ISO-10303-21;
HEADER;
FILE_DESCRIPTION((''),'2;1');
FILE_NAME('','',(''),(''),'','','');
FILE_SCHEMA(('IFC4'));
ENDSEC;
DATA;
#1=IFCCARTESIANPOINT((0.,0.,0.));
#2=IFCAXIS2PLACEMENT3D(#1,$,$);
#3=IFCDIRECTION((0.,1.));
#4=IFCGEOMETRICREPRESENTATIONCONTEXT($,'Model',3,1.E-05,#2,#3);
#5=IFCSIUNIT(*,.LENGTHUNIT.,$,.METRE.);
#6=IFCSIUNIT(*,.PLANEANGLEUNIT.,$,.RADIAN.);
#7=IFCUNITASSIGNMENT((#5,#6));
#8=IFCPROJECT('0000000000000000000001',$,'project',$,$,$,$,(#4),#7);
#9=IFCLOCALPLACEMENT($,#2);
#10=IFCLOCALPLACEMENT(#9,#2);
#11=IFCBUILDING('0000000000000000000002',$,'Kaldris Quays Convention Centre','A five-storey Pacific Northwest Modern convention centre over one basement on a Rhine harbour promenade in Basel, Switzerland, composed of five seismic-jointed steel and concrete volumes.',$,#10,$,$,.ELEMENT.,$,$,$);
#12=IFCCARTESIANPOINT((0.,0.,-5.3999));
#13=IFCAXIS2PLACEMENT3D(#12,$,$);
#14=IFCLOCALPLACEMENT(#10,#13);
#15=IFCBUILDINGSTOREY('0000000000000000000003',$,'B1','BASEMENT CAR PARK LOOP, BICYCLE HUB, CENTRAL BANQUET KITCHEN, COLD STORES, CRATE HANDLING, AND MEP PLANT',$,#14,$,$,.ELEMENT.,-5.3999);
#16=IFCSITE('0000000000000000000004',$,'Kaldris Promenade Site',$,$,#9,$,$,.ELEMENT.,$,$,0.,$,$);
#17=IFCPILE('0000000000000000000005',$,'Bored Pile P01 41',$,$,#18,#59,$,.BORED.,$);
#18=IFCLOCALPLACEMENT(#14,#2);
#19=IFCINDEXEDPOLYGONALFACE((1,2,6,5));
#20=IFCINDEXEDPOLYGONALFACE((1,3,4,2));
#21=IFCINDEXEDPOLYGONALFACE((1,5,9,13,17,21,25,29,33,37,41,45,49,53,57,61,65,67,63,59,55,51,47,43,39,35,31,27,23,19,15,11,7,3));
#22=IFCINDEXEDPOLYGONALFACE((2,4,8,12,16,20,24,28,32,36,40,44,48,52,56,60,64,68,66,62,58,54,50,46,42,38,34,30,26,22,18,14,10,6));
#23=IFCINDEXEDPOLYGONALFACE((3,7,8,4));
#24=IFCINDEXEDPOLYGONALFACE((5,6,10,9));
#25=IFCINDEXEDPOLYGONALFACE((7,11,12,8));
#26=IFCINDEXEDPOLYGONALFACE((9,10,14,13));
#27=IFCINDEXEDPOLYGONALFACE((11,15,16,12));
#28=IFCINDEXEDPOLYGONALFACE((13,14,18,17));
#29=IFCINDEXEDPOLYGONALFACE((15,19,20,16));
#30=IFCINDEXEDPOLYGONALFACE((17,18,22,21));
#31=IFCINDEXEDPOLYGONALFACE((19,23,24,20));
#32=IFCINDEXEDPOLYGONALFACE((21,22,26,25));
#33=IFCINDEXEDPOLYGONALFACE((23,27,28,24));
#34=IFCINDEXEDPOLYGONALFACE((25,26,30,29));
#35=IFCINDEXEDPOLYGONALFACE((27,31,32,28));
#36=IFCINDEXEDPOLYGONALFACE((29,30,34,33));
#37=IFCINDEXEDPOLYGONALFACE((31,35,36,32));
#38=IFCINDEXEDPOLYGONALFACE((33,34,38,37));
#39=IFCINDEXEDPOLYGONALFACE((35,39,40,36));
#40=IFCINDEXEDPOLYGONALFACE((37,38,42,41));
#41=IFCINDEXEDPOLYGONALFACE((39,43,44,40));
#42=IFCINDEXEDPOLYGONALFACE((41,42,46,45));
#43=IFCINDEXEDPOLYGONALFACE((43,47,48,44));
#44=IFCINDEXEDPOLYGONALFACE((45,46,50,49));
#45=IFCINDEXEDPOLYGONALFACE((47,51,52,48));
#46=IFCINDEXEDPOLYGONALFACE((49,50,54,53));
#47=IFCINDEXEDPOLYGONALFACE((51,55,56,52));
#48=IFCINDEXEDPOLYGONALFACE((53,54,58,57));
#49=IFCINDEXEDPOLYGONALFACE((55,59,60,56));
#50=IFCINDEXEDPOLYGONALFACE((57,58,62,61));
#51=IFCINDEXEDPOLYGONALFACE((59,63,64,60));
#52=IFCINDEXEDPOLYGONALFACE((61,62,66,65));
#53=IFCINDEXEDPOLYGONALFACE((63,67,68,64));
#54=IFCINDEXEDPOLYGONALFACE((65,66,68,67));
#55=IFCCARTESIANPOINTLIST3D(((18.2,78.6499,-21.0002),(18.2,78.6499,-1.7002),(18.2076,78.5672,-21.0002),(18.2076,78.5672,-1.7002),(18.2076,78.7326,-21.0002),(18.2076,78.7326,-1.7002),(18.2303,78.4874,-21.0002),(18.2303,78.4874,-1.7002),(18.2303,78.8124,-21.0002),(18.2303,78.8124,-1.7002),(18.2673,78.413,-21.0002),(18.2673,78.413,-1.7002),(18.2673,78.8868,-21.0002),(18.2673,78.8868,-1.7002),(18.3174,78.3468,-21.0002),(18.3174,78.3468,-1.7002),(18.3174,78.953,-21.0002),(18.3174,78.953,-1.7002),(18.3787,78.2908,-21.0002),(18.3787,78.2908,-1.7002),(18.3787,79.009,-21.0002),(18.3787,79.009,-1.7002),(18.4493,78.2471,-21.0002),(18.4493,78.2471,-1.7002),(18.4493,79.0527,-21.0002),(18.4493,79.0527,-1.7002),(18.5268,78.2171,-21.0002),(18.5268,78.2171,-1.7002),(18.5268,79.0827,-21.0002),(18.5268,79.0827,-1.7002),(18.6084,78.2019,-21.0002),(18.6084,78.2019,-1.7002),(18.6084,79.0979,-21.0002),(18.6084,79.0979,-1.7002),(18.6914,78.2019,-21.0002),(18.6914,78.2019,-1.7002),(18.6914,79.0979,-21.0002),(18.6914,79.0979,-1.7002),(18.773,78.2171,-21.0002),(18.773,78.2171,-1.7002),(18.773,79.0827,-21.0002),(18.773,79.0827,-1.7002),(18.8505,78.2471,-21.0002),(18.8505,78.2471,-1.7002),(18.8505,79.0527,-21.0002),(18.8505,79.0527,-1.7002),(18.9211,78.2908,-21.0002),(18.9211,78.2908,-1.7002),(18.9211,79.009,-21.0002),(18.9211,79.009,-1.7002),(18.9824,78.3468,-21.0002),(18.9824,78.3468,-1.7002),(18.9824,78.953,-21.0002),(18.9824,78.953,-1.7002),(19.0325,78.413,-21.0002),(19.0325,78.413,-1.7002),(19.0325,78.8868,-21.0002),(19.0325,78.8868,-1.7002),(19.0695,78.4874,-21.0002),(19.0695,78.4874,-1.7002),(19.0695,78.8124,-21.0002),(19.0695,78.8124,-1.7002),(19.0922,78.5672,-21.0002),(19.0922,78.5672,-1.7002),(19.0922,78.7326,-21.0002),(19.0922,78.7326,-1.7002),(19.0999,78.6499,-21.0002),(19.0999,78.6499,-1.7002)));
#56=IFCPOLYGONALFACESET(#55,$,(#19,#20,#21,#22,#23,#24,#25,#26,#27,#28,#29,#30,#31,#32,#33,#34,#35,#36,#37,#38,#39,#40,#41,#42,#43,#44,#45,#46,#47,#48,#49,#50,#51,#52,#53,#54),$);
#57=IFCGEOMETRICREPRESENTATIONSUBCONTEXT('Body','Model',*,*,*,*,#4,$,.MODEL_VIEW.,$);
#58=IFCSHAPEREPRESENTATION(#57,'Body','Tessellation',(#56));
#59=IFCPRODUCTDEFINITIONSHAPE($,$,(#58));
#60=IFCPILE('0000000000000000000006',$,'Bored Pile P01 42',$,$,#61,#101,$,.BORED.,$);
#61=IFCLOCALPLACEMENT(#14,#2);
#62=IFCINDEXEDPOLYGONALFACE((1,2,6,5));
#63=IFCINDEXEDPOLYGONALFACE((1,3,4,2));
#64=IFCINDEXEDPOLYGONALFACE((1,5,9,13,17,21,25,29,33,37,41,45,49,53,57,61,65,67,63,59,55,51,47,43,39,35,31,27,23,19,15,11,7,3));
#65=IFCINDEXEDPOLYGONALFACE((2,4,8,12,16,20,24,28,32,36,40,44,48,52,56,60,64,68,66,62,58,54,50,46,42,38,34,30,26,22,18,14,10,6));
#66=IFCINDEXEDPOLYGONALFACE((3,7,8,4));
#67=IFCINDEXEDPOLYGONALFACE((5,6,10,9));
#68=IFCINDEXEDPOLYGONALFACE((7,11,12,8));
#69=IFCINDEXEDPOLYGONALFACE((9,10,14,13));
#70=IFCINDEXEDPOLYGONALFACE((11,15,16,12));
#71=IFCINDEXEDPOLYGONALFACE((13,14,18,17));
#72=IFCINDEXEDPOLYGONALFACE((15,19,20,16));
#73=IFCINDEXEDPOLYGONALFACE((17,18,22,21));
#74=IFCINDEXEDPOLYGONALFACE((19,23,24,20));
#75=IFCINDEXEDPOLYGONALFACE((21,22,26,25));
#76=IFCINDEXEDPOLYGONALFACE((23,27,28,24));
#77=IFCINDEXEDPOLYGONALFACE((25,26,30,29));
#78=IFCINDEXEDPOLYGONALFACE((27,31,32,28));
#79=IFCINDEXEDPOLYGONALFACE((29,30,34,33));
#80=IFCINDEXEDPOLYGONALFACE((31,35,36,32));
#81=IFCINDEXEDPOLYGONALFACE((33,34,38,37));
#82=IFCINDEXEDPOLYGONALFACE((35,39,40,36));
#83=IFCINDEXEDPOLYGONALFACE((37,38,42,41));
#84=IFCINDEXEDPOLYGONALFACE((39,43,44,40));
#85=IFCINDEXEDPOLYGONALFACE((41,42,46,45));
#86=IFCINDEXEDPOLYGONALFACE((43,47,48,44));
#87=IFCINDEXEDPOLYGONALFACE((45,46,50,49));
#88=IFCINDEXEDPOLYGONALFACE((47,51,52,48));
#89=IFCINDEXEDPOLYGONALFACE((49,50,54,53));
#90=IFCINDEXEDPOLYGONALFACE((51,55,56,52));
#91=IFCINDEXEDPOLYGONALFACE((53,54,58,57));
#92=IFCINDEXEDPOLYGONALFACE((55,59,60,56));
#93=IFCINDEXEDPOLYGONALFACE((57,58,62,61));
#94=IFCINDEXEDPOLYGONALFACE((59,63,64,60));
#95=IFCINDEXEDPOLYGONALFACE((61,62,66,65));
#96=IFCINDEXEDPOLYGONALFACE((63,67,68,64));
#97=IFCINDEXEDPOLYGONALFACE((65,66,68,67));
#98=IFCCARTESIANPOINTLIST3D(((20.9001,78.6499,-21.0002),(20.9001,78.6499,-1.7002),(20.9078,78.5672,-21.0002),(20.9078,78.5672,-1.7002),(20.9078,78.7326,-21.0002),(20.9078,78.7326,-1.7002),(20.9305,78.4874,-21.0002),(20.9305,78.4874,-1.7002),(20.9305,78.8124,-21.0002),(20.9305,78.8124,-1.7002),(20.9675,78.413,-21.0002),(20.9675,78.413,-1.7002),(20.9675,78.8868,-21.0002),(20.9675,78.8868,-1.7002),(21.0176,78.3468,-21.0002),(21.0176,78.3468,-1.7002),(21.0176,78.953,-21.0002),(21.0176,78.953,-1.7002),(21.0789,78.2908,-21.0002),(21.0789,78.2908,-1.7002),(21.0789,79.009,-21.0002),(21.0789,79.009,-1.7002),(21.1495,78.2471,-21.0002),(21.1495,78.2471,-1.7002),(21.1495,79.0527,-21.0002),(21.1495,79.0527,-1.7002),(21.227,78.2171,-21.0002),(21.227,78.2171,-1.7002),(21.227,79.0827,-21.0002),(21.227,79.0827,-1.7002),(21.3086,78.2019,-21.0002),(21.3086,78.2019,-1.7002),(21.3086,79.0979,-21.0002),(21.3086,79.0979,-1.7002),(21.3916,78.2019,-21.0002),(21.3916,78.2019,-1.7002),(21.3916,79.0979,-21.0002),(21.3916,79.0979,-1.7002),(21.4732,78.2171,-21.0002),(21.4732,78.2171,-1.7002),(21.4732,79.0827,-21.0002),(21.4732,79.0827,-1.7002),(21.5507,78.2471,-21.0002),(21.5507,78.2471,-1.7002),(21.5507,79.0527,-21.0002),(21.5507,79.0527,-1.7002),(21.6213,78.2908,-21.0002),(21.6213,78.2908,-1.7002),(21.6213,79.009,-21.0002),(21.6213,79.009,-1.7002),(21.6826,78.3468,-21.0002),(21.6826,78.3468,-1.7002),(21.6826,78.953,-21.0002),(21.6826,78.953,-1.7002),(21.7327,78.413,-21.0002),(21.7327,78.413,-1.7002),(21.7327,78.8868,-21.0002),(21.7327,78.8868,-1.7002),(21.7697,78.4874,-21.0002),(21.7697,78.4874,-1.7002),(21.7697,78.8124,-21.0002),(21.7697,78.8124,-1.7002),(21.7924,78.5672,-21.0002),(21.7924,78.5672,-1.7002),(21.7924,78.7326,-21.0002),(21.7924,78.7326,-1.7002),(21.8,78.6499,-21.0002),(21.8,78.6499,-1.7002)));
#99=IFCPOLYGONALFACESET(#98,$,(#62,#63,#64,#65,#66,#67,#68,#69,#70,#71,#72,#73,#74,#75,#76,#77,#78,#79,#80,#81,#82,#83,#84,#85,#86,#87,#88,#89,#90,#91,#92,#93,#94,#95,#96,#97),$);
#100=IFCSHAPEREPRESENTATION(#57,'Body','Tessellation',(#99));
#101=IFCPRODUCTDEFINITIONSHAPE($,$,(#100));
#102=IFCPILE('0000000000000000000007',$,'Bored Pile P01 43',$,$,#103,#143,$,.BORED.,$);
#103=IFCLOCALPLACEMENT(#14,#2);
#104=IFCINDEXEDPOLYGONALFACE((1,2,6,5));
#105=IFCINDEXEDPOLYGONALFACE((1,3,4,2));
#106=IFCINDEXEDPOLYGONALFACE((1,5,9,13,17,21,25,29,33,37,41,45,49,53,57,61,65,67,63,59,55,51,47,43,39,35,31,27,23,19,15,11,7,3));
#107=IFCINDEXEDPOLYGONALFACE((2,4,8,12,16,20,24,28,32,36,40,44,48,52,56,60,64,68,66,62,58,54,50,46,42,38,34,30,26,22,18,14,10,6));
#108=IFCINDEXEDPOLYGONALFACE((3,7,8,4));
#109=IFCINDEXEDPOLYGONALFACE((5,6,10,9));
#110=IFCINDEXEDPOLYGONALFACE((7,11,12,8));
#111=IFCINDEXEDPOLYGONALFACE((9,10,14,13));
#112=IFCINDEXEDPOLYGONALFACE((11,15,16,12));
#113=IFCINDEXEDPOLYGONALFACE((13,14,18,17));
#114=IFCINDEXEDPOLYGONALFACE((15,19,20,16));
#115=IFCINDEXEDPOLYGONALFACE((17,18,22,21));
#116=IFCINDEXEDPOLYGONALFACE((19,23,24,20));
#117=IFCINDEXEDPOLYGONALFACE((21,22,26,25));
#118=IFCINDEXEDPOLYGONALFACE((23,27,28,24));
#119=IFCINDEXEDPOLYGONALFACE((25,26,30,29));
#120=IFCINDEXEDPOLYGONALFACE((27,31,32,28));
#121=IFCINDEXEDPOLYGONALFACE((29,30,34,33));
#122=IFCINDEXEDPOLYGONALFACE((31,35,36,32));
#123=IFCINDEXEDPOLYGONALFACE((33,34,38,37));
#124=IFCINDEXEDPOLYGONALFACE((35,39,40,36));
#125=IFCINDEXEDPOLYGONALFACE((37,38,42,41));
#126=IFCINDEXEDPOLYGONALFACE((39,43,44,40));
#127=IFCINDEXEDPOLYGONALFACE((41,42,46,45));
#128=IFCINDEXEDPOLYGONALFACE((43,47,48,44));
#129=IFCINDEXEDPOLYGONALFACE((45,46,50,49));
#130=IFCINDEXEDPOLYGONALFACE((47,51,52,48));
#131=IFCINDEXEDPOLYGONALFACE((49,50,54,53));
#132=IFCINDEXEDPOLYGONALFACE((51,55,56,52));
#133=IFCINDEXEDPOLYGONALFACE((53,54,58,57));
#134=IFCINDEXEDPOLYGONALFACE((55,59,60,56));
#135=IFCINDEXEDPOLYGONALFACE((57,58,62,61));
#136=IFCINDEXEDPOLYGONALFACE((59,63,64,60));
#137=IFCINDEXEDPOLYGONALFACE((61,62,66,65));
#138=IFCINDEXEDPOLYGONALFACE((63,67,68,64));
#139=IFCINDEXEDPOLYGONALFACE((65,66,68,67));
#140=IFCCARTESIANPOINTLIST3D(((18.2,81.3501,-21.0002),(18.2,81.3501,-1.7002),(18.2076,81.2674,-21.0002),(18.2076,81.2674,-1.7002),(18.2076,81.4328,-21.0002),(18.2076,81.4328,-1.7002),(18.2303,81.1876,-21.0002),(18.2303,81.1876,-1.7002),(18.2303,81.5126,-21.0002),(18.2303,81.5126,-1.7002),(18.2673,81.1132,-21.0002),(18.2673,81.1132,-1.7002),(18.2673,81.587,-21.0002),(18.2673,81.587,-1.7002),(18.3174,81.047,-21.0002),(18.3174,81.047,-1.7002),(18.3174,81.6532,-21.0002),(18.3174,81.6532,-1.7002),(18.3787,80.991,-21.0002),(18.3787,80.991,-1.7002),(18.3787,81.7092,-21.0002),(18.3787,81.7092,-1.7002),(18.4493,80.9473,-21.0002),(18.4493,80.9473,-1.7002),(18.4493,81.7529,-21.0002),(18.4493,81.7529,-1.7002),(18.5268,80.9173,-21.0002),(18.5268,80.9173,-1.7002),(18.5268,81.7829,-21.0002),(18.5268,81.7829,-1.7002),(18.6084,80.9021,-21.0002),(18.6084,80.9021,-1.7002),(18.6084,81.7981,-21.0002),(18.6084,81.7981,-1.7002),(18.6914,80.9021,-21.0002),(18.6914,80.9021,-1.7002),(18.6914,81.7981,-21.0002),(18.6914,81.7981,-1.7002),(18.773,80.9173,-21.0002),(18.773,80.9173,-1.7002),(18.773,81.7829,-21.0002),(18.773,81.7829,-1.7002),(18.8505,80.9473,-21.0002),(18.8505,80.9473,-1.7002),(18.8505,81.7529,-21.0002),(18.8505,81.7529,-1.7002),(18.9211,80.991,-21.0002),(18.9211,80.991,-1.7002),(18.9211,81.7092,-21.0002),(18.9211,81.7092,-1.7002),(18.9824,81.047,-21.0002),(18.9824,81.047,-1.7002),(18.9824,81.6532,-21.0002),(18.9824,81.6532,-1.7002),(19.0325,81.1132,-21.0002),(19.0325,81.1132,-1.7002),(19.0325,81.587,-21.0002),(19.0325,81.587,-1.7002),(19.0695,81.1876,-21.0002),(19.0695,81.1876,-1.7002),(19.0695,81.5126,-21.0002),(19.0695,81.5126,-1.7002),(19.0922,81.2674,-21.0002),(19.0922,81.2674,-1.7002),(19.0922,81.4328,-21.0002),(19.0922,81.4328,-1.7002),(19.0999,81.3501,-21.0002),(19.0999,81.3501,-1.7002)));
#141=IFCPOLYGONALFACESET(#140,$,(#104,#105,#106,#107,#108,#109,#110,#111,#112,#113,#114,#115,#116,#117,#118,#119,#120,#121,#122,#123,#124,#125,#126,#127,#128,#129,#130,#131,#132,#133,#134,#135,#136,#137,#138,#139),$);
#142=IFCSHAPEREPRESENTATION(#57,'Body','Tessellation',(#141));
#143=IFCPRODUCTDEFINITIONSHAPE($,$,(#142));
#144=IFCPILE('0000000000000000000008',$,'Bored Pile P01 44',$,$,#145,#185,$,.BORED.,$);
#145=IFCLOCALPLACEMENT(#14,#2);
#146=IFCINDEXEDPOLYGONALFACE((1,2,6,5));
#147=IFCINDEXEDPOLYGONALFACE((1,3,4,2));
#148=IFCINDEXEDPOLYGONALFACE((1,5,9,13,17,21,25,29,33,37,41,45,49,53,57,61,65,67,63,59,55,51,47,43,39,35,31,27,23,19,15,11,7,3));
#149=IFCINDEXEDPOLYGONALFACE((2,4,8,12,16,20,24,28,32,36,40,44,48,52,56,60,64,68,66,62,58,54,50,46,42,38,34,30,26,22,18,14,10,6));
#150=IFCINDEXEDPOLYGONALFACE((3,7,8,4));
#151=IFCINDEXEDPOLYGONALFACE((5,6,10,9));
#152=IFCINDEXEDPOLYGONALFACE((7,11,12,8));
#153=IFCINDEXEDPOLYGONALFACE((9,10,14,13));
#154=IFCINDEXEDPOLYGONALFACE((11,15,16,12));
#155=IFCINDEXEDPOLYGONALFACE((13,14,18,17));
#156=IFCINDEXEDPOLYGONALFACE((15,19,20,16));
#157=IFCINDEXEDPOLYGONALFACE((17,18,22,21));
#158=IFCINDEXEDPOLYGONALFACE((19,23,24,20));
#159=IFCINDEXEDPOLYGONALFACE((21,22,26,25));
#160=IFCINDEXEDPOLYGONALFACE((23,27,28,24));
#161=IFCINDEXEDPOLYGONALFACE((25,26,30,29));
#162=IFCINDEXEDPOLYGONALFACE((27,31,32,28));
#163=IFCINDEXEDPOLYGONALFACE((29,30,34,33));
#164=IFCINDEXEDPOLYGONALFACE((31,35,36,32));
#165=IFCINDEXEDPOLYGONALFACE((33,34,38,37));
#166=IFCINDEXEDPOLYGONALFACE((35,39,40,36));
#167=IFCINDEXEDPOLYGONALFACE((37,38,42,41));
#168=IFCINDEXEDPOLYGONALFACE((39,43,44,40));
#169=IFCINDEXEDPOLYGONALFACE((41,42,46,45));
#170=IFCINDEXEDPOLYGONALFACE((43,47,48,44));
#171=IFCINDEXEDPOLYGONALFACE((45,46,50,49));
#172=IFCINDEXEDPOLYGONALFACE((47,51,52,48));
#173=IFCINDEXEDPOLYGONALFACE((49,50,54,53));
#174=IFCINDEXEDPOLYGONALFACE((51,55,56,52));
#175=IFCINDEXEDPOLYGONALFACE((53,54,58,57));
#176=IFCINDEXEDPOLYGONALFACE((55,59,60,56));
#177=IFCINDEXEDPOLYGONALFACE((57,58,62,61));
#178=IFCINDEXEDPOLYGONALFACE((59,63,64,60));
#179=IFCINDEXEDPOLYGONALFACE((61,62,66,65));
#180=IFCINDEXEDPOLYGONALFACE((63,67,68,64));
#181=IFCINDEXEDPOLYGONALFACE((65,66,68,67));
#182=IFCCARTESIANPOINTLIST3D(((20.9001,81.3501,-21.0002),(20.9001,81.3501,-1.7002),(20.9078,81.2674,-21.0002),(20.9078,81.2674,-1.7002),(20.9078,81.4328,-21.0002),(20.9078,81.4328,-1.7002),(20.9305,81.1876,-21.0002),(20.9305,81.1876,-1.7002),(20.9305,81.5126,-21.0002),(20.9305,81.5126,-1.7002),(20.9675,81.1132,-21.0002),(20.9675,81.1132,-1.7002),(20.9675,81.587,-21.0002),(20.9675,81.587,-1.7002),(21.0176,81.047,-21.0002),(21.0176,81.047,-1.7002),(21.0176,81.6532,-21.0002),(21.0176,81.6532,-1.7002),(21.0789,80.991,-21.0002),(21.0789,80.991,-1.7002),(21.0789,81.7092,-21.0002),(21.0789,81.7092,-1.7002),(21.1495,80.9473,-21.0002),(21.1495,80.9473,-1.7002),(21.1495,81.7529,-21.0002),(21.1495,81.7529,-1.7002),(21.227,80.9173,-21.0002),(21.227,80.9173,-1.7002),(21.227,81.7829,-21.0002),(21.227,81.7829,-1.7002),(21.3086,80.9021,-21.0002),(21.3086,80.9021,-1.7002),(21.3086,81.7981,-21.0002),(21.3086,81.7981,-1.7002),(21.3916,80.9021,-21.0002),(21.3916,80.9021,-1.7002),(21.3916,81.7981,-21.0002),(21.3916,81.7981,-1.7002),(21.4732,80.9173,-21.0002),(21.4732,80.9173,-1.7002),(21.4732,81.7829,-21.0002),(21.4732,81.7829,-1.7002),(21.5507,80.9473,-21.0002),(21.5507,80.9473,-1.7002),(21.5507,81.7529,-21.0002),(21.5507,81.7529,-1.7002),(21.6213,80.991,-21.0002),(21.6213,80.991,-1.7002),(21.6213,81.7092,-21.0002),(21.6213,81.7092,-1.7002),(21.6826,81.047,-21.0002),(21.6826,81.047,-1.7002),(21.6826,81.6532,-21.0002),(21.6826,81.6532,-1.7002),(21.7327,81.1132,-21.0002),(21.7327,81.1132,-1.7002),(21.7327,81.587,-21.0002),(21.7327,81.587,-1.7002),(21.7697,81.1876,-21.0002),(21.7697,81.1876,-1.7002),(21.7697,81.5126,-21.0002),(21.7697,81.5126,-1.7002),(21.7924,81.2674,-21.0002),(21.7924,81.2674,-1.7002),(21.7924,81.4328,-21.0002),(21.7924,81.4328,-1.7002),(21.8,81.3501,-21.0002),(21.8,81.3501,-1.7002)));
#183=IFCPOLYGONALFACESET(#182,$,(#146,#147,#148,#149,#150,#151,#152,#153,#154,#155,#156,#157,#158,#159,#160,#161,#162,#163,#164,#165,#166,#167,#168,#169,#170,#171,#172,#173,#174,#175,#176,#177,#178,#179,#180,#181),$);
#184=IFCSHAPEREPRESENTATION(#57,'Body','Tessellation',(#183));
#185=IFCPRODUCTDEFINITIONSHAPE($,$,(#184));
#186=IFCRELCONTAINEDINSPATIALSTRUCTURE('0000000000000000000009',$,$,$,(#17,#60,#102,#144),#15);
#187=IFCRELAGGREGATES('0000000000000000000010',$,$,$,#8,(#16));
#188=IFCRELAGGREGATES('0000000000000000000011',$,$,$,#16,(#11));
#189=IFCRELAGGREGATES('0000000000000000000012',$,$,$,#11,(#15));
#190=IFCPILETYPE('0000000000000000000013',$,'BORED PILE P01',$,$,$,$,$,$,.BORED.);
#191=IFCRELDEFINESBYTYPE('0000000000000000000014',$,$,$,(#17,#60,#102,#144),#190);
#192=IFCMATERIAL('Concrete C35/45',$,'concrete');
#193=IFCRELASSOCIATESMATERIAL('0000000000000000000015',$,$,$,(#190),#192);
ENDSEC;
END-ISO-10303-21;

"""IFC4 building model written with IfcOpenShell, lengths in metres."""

from ifc_helpers import new_model, si_unit, direction, frame, origin, origin_2d, place, context, subcontext, project, spatial, circle, extrude, material, material_profile, profile_set, type_object, element, save


model = new_model("IFC4")

# Units and contexts
model_context = context("Model", 3, precision=1e-05, world=origin(), true_north=direction((0.0, 1.0)))
body_context = subcontext(model_context, "Body", "Model", "MODEL_VIEW")
ifc_project = project(units=[si_unit("LENGTHUNIT", "METRE"), si_unit("PLANEANGLEUNIT", "RADIAN")], contexts=[model_context])

# Site, building, storey
site_placement = place(None, origin())
site = spatial("IfcSite", under=ifc_project, at=site_placement, Name="Kaldris Promenade Site", CompositionType="ELEMENT", RefElevation=0.0)
building_placement = place(site_placement, origin())
building = spatial("IfcBuilding", under=site, at=building_placement, Name="Kaldris Quays Convention Centre", Description="A five-storey Pacific Northwest Modern convention centre over one basement on a Rhine harbour promenade in Basel, Switzerland, composed of five seismic-jointed steel and concrete volumes.", CompositionType="ELEMENT")
storey_placement = place(building_placement, frame((0.0, 0.0, -5.3999)))
storey = spatial("IfcBuildingStorey", under=building, at=storey_placement, Name="B1", Description="BASEMENT CAR PARK LOOP, BICYCLE HUB, CENTRAL BANQUET KITCHEN, COLD STORES, CRATE HANDLING, AND MEP PLANT", CompositionType="ELEMENT", Elevation=-5.3999)

# Piles
ifc_material_1 = material(Name="Concrete C35/45", Category="concrete")
ifc_material_profile_1 = material_profile(ifc_material_1, circle(Radius=0.45, at=origin_2d()), Name="BORED PILE D900")
ifc_profile_set_1 = profile_set([ifc_material_profile_1], Name="Concrete C35/45")
pile_type = type_object("IfcPileType", Name="BORED PILE P01", PredefinedType="BORED", material=ifc_profile_set_1)
for number, where, z_axis, x_axis, name in (
    (1, (18.6499, 78.6499, -1.7002), (0.0, 0.0, -1.0), (1.0, 0.0, 0.0), "Bored Pile P01 41"),
    (2, (21.3501, 78.6499, -1.7002), (0.0, 0.0, -1.0), (1.0, 0.0, 0.0), "Bored Pile P01 42"),
    (3, (18.6499, 81.3501, -1.7002), (0.0, 0.0, -1.0), (1.0, 0.0, 0.0), "Bored Pile P01 43"),
    (4, (21.3501, 81.3501, -1.7002), (0.0, 0.0, -1.0), (1.0, 0.0, 0.0), "Bored Pile P01 44"),
):
    element("IfcPile", number, at=place(storey_placement, frame(where, z_axis=z_axis, x_axis=x_axis)), inside=storey, type_object=pile_type, Name=name, PredefinedType="BORED", context=body_context, shape_type="SweptSolid", body=[
        extrude(circle(Radius=0.45, at=origin_2d()), origin(), (0.0, 0.0, 1.0), 19.3),
    ])

save(model, "model.ifc")
